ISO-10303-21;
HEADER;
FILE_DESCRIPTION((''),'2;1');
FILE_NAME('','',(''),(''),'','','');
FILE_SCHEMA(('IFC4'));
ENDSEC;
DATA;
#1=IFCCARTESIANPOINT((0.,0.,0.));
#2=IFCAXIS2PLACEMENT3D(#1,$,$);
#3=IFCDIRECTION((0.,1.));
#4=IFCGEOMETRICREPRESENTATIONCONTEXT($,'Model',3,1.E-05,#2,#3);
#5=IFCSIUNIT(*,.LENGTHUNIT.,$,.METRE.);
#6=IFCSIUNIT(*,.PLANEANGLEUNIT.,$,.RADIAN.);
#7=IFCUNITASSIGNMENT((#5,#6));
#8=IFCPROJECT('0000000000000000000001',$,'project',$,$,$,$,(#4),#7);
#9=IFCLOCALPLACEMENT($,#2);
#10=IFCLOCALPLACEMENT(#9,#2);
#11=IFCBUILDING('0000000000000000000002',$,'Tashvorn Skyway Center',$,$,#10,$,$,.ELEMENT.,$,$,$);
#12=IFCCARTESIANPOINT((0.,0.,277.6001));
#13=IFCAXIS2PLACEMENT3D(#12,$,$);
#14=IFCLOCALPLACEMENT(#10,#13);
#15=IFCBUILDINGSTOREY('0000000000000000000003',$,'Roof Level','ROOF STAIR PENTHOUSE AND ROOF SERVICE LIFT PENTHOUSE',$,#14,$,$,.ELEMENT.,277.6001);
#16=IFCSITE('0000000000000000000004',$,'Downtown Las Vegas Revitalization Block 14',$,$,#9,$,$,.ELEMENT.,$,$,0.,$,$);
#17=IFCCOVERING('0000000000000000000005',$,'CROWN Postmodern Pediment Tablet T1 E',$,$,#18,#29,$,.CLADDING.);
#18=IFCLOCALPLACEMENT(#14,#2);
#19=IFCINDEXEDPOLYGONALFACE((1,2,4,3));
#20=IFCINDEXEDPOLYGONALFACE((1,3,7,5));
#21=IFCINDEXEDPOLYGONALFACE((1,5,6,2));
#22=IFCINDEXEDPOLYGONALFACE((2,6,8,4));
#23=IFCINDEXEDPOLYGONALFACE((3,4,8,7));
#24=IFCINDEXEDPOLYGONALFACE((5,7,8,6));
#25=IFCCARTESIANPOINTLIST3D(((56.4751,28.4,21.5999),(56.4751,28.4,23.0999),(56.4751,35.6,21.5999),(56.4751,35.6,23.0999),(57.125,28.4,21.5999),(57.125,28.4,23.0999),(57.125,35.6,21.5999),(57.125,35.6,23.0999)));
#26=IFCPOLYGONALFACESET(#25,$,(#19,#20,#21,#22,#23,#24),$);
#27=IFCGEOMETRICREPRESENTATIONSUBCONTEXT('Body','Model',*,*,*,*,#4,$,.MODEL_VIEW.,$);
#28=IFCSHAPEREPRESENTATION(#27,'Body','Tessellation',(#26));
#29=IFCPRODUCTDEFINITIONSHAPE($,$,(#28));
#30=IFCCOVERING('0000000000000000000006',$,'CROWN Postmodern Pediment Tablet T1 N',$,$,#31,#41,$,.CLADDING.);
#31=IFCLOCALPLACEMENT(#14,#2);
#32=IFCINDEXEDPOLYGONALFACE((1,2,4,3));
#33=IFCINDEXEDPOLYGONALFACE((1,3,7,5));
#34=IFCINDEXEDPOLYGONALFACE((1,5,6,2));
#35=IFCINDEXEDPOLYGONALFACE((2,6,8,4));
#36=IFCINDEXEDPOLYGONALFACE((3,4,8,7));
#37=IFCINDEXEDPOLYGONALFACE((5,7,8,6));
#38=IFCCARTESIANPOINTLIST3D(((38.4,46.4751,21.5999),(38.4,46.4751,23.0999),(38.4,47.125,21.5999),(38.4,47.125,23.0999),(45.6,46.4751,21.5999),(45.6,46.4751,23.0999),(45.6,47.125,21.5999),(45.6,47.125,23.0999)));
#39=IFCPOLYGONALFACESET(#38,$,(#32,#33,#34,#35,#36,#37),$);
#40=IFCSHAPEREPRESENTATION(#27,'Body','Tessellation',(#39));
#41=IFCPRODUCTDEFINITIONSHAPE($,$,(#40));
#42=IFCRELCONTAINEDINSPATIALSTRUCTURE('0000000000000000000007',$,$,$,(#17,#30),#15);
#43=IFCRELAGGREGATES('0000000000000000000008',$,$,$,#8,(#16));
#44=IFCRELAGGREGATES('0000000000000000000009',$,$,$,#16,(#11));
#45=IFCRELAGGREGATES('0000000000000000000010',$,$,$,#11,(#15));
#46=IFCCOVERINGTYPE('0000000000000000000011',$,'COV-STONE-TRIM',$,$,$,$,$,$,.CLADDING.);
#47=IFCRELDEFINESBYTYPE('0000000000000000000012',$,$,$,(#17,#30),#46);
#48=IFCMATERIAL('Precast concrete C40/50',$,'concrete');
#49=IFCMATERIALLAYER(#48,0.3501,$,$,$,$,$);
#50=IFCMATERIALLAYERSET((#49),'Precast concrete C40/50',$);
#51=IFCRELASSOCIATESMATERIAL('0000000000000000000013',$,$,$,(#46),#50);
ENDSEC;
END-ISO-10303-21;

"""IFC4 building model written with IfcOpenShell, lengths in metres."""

from ifc_helpers import new_model, si_unit, direction, frame, origin, origin_2d, place, context, subcontext, project, spatial, rectangle, extrude, material, layer, layer_set, type_object, element, save


model = new_model("IFC4")

# Units and contexts
model_context = context("Model", 3, precision=1e-05, world=origin(), true_north=direction((0.0, 1.0)))
body_context = subcontext(model_context, "Body", "Model", "MODEL_VIEW")
ifc_project = project(units=[si_unit("LENGTHUNIT", "METRE"), si_unit("PLANEANGLEUNIT", "RADIAN")], contexts=[model_context])

# Site, building, storey
site_placement = place(None, origin())
site = spatial("IfcSite", under=ifc_project, at=site_placement, Name="Downtown Las Vegas Revitalization Block 14", CompositionType="ELEMENT", RefElevation=0.0)
building_placement = place(site_placement, origin())
building = spatial("IfcBuilding", under=site, at=building_placement, Name="Tashvorn Skyway Center", CompositionType="ELEMENT")
storey_placement = place(building_placement, frame((0.0, 0.0, 277.6001)))
storey = spatial("IfcBuildingStorey", under=building, at=storey_placement, Name="Roof Level", Description="ROOF STAIR PENTHOUSE AND ROOF SERVICE LIFT PENTHOUSE", CompositionType="ELEMENT", Elevation=277.6001)

# Coverings
ifc_material_1 = material(Name="Precast concrete C40/50", Category="concrete")
ifc_layer_1 = layer(ifc_material_1, 0.3501)
ifc_layer_set_1 = layer_set([ifc_layer_1], Name="Precast concrete C40/50")
covering_type_1 = type_object("IfcCoveringType", Name="COV-STONE-TRIM", PredefinedType="CLADDING", material=ifc_layer_set_1)
for number, where, z_axis, x_axis, name in (
    (1, (56.8, 32.0, 21.5999), (0.0, 0.0, 1.0), (0.0, 1.0, 0.0), "CROWN Postmodern Pediment Tablet T1 E"),
    (2, (42.0, 46.8, 21.5999), (0.0, 0.0, 1.0), (-1.0, 0.0, 0.0), "CROWN Postmodern Pediment Tablet T1 N"),
):
    element("IfcCovering", number, at=place(storey_placement, frame(where, z_axis=z_axis, x_axis=x_axis)), inside=storey, type_object=covering_type_1, Name=name, PredefinedType="CLADDING", context=body_context, shape_type="SweptSolid", body=[
        extrude(rectangle(XDim=7.2, YDim=0.6499, at=origin_2d()), origin(), (0.0, 0.0, 1.0), 1.5),
    ])

save(model, "model.ifc")
